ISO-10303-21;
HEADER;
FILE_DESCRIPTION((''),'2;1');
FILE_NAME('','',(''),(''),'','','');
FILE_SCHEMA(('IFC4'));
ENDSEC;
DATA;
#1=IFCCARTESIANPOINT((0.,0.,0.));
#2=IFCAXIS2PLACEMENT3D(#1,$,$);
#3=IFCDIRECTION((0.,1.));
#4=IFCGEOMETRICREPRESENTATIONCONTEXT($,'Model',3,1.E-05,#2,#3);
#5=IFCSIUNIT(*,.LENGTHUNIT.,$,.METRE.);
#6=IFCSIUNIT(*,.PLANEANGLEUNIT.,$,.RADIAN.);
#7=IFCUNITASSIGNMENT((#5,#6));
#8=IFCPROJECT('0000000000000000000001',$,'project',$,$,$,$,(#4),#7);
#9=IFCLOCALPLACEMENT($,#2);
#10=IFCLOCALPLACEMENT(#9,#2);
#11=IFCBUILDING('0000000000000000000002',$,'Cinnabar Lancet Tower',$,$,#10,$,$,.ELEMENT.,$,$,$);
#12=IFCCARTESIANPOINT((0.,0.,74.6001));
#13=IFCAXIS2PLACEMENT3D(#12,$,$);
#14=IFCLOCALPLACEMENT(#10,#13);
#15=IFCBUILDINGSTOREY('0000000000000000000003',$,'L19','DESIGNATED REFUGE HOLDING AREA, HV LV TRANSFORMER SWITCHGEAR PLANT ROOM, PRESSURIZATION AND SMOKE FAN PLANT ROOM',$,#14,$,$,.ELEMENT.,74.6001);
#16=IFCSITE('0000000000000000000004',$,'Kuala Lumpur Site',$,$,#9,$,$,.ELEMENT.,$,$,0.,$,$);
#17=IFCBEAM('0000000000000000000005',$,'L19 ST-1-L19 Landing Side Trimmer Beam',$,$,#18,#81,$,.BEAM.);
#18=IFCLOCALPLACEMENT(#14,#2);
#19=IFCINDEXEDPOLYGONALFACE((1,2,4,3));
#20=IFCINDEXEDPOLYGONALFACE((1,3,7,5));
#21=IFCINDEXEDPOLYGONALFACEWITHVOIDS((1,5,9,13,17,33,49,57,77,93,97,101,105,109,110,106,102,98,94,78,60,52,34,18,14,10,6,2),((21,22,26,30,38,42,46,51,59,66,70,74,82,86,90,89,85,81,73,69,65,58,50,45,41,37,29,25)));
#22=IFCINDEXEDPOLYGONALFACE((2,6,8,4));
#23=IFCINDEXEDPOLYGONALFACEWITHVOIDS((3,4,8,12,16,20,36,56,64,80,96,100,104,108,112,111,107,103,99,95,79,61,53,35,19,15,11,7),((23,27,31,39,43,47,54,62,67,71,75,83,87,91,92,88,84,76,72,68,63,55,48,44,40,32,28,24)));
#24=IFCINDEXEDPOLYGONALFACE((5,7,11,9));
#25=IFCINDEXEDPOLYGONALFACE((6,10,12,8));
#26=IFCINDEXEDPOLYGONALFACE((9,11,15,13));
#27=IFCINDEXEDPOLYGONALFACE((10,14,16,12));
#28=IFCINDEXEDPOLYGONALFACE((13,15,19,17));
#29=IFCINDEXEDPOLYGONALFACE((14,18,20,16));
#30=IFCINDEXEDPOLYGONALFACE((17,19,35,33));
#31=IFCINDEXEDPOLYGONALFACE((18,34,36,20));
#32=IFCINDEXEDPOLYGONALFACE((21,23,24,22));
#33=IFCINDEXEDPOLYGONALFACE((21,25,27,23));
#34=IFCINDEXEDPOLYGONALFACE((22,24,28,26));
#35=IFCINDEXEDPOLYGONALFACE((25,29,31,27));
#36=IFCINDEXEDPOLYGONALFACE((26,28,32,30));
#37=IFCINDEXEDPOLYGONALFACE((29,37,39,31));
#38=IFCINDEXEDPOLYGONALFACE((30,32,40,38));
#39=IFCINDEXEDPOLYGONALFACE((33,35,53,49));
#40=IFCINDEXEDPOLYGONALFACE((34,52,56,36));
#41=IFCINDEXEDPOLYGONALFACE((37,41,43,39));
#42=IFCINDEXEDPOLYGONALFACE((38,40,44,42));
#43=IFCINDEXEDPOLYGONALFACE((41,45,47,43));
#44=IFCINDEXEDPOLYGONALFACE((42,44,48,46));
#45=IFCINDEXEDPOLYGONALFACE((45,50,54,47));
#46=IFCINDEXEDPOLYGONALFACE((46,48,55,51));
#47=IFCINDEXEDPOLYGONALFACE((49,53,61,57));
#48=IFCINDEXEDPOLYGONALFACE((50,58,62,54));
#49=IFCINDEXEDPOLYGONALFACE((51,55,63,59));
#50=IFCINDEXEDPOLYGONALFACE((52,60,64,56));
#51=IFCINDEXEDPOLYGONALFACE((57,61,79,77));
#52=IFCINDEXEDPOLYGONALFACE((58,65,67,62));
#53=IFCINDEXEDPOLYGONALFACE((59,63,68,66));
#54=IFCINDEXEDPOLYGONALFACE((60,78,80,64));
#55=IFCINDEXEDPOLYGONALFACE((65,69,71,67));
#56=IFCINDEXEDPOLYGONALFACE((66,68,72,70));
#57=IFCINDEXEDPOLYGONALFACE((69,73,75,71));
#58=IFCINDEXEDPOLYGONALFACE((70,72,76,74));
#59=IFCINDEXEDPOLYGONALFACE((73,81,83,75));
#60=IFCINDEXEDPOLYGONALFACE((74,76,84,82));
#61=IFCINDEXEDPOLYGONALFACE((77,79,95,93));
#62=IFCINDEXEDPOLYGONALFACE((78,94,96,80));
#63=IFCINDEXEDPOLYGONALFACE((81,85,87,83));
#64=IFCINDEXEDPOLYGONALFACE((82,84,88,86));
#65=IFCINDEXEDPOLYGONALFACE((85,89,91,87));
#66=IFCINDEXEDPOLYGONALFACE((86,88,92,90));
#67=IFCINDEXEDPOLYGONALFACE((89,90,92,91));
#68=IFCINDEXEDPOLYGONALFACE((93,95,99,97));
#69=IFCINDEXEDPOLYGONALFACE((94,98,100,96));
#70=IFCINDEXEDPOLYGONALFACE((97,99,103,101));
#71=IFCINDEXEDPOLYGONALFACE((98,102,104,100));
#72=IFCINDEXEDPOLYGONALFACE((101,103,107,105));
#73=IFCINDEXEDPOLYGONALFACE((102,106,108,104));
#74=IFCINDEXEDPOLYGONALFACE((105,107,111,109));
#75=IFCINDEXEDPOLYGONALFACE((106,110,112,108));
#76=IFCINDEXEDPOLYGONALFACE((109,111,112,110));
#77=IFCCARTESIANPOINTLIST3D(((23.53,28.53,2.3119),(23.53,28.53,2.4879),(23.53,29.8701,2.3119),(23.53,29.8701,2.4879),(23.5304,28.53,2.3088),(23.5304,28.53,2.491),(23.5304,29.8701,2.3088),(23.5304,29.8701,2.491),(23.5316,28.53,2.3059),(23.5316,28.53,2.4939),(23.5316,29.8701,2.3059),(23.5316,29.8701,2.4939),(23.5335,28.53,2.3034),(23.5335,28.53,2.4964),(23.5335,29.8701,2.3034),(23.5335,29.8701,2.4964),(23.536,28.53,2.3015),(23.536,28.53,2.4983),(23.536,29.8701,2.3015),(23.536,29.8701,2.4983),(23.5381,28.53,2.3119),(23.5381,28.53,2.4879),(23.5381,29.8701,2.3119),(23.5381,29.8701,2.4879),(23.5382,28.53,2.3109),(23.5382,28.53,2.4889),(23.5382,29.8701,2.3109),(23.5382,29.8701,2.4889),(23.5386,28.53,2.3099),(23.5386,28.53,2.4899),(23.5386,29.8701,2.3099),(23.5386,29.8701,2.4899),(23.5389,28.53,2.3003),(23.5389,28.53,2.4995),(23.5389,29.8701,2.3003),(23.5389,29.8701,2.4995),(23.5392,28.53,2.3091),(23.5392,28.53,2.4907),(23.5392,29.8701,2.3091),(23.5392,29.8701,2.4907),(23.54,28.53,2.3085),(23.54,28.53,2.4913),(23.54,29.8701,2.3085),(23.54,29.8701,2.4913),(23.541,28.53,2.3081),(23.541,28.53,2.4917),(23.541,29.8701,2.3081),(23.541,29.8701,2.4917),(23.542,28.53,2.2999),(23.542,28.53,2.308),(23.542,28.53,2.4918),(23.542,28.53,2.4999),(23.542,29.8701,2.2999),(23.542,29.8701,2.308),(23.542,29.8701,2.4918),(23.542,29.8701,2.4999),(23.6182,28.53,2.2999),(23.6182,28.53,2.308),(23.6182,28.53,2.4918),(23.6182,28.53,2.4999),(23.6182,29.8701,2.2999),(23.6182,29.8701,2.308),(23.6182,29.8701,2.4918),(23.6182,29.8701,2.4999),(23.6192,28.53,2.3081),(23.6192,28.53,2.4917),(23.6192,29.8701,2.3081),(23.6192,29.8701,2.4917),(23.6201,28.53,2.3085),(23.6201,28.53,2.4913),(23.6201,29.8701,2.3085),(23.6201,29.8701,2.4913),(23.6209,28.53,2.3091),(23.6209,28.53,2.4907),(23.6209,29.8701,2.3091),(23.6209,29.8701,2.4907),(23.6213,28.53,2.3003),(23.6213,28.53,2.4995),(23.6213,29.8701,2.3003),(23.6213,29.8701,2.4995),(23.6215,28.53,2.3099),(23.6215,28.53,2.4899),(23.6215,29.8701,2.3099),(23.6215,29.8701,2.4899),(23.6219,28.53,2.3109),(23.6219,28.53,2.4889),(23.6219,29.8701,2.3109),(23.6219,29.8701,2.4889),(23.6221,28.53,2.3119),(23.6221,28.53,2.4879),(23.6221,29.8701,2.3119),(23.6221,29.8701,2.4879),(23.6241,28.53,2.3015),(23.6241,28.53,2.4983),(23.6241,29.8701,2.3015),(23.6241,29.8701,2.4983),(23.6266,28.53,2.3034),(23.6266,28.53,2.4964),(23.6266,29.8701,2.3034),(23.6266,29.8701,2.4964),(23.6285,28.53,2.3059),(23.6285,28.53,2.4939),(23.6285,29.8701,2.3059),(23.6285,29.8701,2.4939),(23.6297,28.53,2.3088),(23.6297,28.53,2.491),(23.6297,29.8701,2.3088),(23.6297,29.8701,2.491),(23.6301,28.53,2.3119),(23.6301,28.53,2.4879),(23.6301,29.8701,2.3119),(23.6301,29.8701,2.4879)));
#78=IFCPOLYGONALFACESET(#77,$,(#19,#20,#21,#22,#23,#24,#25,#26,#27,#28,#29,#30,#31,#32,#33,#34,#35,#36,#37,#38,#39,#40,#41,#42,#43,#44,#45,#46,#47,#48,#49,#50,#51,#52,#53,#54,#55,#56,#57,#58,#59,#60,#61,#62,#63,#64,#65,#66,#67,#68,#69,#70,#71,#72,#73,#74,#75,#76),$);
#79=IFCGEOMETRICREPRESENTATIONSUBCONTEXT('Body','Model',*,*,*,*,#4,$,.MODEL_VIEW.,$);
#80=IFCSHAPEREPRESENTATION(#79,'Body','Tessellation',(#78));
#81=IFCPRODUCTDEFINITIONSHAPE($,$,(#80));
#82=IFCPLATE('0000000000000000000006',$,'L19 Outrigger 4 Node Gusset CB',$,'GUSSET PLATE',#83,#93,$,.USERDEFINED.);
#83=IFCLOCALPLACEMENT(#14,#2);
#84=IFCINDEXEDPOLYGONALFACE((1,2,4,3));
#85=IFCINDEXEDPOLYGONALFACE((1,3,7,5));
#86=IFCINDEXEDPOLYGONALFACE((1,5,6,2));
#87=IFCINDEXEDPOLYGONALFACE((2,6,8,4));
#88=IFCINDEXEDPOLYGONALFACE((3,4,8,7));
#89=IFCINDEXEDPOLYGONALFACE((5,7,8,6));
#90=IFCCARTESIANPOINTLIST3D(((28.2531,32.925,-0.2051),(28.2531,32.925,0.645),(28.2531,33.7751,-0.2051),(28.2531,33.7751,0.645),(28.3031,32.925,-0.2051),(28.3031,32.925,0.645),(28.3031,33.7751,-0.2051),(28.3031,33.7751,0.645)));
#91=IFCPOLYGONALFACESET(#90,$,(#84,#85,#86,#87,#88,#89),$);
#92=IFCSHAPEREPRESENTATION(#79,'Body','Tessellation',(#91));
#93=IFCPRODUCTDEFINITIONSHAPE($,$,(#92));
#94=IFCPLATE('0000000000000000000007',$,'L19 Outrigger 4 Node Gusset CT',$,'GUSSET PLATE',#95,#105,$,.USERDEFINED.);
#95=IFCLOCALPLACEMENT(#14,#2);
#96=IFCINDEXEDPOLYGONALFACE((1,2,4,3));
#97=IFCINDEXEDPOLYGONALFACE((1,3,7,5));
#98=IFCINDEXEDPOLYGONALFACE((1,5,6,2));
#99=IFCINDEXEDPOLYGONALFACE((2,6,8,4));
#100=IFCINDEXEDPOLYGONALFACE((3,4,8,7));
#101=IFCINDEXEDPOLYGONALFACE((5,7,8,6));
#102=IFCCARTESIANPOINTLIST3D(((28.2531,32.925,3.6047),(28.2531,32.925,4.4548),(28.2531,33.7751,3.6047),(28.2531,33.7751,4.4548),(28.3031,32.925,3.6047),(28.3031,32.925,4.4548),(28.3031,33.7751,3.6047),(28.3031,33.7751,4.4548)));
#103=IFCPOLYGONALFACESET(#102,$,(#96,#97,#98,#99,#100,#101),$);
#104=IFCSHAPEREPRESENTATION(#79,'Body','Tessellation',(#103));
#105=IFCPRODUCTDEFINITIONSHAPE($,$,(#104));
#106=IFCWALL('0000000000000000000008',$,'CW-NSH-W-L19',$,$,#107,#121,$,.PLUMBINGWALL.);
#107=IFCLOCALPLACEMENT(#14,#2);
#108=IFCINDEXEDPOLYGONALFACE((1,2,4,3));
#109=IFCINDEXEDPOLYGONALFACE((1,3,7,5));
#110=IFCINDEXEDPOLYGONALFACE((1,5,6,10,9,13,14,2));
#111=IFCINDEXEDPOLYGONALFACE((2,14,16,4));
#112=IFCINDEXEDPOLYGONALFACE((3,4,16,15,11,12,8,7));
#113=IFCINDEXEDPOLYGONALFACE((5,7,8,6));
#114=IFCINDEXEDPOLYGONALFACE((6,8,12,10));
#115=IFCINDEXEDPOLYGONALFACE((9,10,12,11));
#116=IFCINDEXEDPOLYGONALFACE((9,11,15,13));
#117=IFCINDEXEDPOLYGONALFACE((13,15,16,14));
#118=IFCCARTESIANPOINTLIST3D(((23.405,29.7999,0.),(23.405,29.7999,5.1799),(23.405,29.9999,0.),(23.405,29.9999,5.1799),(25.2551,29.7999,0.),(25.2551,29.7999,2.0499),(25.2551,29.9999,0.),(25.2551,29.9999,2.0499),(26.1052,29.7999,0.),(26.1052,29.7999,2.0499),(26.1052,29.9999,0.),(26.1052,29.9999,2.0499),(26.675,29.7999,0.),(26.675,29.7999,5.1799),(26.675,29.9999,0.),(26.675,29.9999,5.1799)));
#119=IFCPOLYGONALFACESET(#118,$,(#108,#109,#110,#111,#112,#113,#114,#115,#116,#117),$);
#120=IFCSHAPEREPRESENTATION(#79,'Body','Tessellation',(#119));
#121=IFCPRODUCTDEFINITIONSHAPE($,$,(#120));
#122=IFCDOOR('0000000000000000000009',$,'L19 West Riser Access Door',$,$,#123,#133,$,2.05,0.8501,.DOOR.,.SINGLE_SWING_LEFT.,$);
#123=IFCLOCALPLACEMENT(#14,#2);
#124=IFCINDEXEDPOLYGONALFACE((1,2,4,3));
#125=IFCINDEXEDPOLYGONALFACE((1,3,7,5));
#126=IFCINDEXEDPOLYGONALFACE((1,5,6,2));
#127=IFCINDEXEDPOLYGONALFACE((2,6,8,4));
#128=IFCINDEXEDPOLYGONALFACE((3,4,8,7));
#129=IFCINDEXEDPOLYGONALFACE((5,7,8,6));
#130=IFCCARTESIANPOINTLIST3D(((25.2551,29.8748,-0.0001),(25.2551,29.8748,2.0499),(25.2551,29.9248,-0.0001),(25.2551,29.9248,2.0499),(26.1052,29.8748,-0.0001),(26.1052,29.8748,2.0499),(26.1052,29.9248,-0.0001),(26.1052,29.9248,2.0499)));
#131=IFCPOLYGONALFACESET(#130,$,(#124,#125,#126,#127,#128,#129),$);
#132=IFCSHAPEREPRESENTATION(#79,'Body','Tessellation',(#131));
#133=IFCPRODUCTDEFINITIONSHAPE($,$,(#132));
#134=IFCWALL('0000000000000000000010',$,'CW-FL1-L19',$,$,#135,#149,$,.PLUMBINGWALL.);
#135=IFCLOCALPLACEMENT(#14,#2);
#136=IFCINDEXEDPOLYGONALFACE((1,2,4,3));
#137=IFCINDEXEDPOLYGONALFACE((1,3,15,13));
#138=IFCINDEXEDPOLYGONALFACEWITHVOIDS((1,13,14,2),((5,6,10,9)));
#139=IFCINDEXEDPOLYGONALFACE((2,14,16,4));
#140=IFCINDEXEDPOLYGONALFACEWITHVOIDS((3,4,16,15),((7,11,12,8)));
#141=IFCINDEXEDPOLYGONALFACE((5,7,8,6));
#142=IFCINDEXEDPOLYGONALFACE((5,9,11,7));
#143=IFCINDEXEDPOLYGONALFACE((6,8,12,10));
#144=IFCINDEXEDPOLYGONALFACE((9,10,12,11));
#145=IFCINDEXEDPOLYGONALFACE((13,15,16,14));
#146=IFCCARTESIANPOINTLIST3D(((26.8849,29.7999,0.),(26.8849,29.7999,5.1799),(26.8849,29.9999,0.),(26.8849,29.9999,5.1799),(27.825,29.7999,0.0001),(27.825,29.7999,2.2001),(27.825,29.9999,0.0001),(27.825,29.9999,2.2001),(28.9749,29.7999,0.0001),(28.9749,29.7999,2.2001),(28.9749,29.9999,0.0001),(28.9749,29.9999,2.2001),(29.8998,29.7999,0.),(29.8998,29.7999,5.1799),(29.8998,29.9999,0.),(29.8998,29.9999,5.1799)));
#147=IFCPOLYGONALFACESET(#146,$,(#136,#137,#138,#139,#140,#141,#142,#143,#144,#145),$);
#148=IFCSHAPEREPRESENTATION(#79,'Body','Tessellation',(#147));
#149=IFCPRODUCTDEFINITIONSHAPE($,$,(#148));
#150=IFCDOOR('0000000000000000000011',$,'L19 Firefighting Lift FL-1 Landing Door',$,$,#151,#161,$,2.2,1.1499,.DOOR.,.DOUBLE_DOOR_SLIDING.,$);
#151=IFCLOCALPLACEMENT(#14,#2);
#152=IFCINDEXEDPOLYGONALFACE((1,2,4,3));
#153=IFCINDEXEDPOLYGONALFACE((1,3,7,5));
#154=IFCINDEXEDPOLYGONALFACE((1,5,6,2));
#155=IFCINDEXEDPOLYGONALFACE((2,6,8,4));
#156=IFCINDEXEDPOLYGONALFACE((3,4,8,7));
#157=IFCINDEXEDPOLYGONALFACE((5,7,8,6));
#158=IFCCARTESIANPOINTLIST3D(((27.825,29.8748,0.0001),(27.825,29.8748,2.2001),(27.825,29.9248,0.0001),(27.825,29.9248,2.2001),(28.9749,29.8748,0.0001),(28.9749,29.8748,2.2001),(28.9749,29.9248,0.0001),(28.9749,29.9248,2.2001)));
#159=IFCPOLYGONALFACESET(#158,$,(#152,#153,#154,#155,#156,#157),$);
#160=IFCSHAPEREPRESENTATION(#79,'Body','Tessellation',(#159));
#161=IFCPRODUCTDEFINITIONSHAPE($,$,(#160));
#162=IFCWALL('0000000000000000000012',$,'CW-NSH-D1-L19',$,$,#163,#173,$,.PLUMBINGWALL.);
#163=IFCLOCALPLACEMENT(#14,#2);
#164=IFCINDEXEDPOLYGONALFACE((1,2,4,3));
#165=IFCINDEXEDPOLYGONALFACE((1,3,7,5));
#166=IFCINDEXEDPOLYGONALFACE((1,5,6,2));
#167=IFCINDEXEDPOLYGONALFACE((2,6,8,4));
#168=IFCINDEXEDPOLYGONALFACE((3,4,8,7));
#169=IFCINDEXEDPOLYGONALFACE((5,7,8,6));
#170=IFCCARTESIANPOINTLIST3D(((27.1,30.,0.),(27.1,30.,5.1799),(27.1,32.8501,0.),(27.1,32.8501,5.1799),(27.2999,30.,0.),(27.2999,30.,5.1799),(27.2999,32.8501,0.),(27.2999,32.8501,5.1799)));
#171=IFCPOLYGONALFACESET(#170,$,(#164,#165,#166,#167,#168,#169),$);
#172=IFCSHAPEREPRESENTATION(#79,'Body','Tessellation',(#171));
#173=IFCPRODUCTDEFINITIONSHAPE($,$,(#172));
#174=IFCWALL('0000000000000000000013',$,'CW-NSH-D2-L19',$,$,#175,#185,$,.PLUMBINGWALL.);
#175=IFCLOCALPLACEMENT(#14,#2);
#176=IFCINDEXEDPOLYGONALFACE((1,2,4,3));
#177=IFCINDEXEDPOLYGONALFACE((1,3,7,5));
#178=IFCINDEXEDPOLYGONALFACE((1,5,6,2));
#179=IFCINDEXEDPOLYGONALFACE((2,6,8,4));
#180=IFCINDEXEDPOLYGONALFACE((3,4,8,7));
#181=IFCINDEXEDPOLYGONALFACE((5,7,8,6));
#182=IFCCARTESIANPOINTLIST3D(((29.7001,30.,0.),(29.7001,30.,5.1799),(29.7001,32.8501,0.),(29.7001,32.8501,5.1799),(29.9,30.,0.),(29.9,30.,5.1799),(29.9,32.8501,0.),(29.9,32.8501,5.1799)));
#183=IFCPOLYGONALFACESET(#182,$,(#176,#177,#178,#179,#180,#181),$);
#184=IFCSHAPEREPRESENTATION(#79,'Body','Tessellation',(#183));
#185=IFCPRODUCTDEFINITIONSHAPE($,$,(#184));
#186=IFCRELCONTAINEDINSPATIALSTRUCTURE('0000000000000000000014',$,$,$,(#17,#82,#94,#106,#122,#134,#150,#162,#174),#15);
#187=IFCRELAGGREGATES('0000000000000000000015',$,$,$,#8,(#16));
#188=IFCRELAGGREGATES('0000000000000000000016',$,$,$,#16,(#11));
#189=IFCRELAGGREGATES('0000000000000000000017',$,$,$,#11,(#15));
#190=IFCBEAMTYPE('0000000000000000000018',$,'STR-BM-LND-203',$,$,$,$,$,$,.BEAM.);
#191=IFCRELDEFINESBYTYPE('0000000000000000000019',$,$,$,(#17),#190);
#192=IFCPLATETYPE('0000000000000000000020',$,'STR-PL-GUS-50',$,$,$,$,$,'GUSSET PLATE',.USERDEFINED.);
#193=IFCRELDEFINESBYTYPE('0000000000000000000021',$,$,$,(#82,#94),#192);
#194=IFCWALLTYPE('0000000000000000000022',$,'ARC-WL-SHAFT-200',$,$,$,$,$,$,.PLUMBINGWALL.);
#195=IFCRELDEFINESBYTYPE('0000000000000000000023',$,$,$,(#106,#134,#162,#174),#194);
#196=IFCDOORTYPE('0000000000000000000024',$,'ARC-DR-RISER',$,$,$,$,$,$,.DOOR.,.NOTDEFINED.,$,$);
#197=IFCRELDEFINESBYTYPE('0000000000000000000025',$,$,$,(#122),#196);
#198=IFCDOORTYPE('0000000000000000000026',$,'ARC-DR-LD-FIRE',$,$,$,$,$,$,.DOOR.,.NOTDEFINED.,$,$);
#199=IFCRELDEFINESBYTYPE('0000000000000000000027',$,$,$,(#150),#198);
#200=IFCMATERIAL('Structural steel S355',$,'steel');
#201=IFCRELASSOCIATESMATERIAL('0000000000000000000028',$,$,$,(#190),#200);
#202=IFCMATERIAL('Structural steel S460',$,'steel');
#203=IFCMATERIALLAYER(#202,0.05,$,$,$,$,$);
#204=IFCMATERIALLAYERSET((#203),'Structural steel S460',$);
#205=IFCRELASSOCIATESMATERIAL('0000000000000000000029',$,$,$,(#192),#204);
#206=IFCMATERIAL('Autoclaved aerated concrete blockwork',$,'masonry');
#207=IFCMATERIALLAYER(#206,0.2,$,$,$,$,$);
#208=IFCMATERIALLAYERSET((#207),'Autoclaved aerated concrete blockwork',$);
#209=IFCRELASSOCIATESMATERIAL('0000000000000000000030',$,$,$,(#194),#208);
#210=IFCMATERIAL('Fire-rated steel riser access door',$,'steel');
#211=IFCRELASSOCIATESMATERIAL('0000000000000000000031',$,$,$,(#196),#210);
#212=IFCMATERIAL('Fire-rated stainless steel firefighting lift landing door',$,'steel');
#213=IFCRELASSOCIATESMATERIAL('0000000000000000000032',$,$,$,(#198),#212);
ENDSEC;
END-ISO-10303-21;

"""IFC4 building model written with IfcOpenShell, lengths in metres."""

from ifc_helpers import new_model, si_unit, direction, frame, frame_2d, origin, origin_2d, place, context, subcontext, project, spatial, rectangle, hollow_rectangle, extrude, material, layer, layer_set, material_profile, profile_set, type_object, element, fill, save


model = new_model("IFC4")

# Units and contexts
model_context = context("Model", 3, precision=1e-05, world=origin(), true_north=direction((0.0, 1.0)))
body_context = subcontext(model_context, "Body", "Model", "MODEL_VIEW")
ifc_project = project(units=[si_unit("LENGTHUNIT", "METRE"), si_unit("PLANEANGLEUNIT", "RADIAN")], contexts=[model_context])

# Site, building, storey
site_placement = place(None, origin())
site = spatial("IfcSite", under=ifc_project, at=site_placement, Name="Kuala Lumpur Site", CompositionType="ELEMENT", RefElevation=0.0)
building_placement = place(site_placement, origin())
building = spatial("IfcBuilding", under=site, at=building_placement, Name="Cinnabar Lancet Tower", CompositionType="ELEMENT")
storey_placement = place(building_placement, frame((0.0, 0.0, 74.6001)))
storey = spatial("IfcBuildingStorey", under=building, at=storey_placement, Name="L19", Description="DESIGNATED REFUGE HOLDING AREA, HV LV TRANSFORMER SWITCHGEAR PLANT ROOM, PRESSURIZATION AND SMOKE FAN PLANT ROOM", CompositionType="ELEMENT", Elevation=74.6001)

# Beam
ifc_material_1 = material(Name="Structural steel S355", Category="steel")
ifc_material_profile_1 = material_profile(ifc_material_1, hollow_rectangle(XDim=0.1001, YDim=0.2, WallThickness=0.0081, InnerFilletRadius=0.0039, OuterFilletRadius=0.012, at=origin_2d()), Name="RHS 200x100x8")
ifc_profile_set_1 = profile_set([ifc_material_profile_1], Name="Structural steel S355")
beam_type = type_object("IfcBeamType", Name="STR-BM-LND-203", PredefinedType="BEAM", material=ifc_profile_set_1)
beam_placement = place(storey_placement, frame((23.5801, 28.53, 2.3999), z_axis=(0.0, 1.0, 0.0), x_axis=(-1.0, 0.0, 0.0)))
element("IfcBeam", 1, at=beam_placement, inside=storey, type_object=beam_type, Name="L19 ST-1-L19 Landing Side Trimmer Beam", PredefinedType="BEAM", context=body_context, shape_type="SweptSolid", body=[
    extrude(hollow_rectangle(XDim=0.1001, YDim=0.2, WallThickness=0.0081, InnerFilletRadius=0.0039, OuterFilletRadius=0.012, at=origin_2d()), origin(), (0.0, 0.0, 1.0), 1.3401),
])

# Plates
ifc_material_2 = material(Name="Structural steel S460", Category="steel")
ifc_layer_1 = layer(ifc_material_2, 0.05)
ifc_layer_set_1 = layer_set([ifc_layer_1], Name="Structural steel S460")
plate_type = type_object("IfcPlateType", Name="STR-PL-GUS-50", ElementType="GUSSET PLATE", PredefinedType="USERDEFINED", material=ifc_layer_set_1)
for number, where, z_axis, x_axis, name in (
    (2, (28.2781, 33.3501, -0.2051), (0.0, 0.0, 1.0), (1.0, 0.0, 0.0), "L19 Outrigger 4 Node Gusset CB"),
    (3, (28.2781, 33.3501, 3.6047), (0.0, 0.0, 1.0), (1.0, 0.0, 0.0), "L19 Outrigger 4 Node Gusset CT"),
):
    element("IfcPlate", number, at=place(storey_placement, frame(where, z_axis=z_axis, x_axis=x_axis)), inside=storey, type_object=plate_type, Name=name, ObjectType="GUSSET PLATE", PredefinedType="USERDEFINED", context=body_context, shape_type="SweptSolid", body=[
        extrude(rectangle(XDim=0.05, YDim=0.8501, at=origin_2d()), origin(), (0.0, 0.0, 1.0), 0.8501),
    ])

# Walls, openings, doors
ifc_material_3 = material(Name="Autoclaved aerated concrete blockwork", Category="masonry")
ifc_layer_2 = layer(ifc_material_3, 0.2)
ifc_layer_set_2 = layer_set([ifc_layer_2], Name="Autoclaved aerated concrete blockwork")
wall_type_1 = type_object("IfcWallType", Name="ARC-WL-SHAFT-200", PredefinedType="PLUMBINGWALL", material=ifc_layer_set_2)
wall_1_placement = place(storey_placement, frame((23.405, 29.8999, 0.0), z_axis=(0.0, 0.0, 1.0), x_axis=(1.0, 0.0, 0.0)))
wall_1 = element("IfcWall", 4, at=wall_1_placement, inside=storey, type_object=wall_type_1, Name="CW-NSH-W-L19", PredefinedType="PLUMBINGWALL", context=body_context, shape_type="SweptSolid", body=[
    extrude(rectangle(XDim=3.27, YDim=0.2, at=frame_2d((1.635, 0.0))), origin(), (0.0, 0.0, 1.0), 5.1799),
])
opening_1_placement = place(wall_1_placement, frame((1.8501, 0.0, 0.0)))
opening_1 = element("IfcOpeningElement", 5, at=opening_1_placement, cuts=wall_1, PredefinedType="OPENING", context=body_context, shape_type="SweptSolid", body=[
    extrude(rectangle(XDim=0.8501, YDim=2.05, at=frame_2d((0.425, 1.0249))), frame((0.0, 0.1099, 0.0), z_axis=(0.0, -1.0, 0.0), x_axis=(1.0, 0.0, 0.0)), (0.0, 0.0, 1.0), 0.22),
])
ifc_material_4 = material(Name="Fire-rated steel riser access door", Category="steel")
door_type_1 = type_object("IfcDoorType", Name="ARC-DR-RISER", OperationType="NOTDEFINED", PredefinedType="DOOR", material=ifc_material_4)
door_1_placement = place(opening_1_placement, origin())
door_1 = element("IfcDoor", 6, at=door_1_placement, inside=storey, type_object=door_type_1, Name="L19 West Riser Access Door", OperationType="SINGLE_SWING_LEFT", OverallHeight=2.05, OverallWidth=0.8501, PredefinedType="DOOR", context=body_context, shape_type="SweptSolid", body=[
    extrude(rectangle(XDim=0.8501, YDim=2.05, at=frame_2d((0.425, 1.0249))), frame((0.0, 0.0249, 0.0), z_axis=(0.0, -1.0, 0.0), x_axis=(1.0, 0.0, 0.0)), (0.0, 0.0, 1.0), 0.05),
])
fill(opening_1, door_1)
wall_2_placement = place(storey_placement, frame((26.885, 29.8999, 0.0), z_axis=(0.0, 0.0, 1.0), x_axis=(1.0, 0.0, 0.0)))
wall_2 = element("IfcWall", 7, at=wall_2_placement, inside=storey, type_object=wall_type_1, Name="CW-FL1-L19", PredefinedType="PLUMBINGWALL", context=body_context, shape_type="SweptSolid", body=[
    extrude(rectangle(XDim=3.0149, YDim=0.2, at=frame_2d((1.5073, 0.0))), origin(), (0.0, 0.0, 1.0), 5.1799),
])
opening_2_placement = place(wall_2_placement, frame((0.9399, 0.0, 0.0)))
opening_2 = element("IfcOpeningElement", 8, at=opening_2_placement, cuts=wall_2, PredefinedType="OPENING", context=body_context, shape_type="SweptSolid", body=[
    extrude(rectangle(XDim=1.1499, YDim=2.2, at=frame_2d((0.575, 1.1001))), frame((0.0, 0.1099, 0.0), z_axis=(0.0, -1.0, 0.0), x_axis=(1.0, 0.0, 0.0)), (0.0, 0.0, 1.0), 0.22),
])
ifc_material_5 = material(Name="Fire-rated stainless steel firefighting lift landing door", Category="steel")
door_type_2 = type_object("IfcDoorType", Name="ARC-DR-LD-FIRE", OperationType="NOTDEFINED", PredefinedType="DOOR", material=ifc_material_5)
door_2_placement = place(opening_2_placement, origin())
door_2 = element("IfcDoor", 9, at=door_2_placement, inside=storey, type_object=door_type_2, Name="L19 Firefighting Lift FL-1 Landing Door", OperationType="DOUBLE_DOOR_SLIDING", OverallHeight=2.2, OverallWidth=1.1499, PredefinedType="DOOR", context=body_context, shape_type="SweptSolid", body=[
    extrude(rectangle(XDim=1.1499, YDim=2.2, at=frame_2d((0.575, 1.1001))), frame((0.0, 0.0249, 0.0), z_axis=(0.0, -1.0, 0.0), x_axis=(1.0, 0.0, 0.0)), (0.0, 0.0, 1.0), 0.05),
])
fill(opening_2, door_2)

# Walls
for number, where, z_axis, x_axis, name in (
    (10, (27.2, 30.0, 0.0), (0.0, 0.0, 1.0), (0.0, 1.0, 0.0), "CW-NSH-D1-L19"),
    (11, (29.8, 30.0, 0.0), (0.0, 0.0, 1.0), (0.0, 1.0, 0.0), "CW-NSH-D2-L19"),
):
    element("IfcWall", number, at=place(storey_placement, frame(where, z_axis=z_axis, x_axis=x_axis)), inside=storey, type_object=wall_type_1, Name=name, PredefinedType="PLUMBINGWALL", context=body_context, shape_type="SweptSolid", body=[
        extrude(rectangle(XDim=2.8501, YDim=0.2, at=frame_2d((1.425, 0.0))), origin(), (0.0, 0.0, 1.0), 5.1799),
    ])

save(model, "model.ifc")
